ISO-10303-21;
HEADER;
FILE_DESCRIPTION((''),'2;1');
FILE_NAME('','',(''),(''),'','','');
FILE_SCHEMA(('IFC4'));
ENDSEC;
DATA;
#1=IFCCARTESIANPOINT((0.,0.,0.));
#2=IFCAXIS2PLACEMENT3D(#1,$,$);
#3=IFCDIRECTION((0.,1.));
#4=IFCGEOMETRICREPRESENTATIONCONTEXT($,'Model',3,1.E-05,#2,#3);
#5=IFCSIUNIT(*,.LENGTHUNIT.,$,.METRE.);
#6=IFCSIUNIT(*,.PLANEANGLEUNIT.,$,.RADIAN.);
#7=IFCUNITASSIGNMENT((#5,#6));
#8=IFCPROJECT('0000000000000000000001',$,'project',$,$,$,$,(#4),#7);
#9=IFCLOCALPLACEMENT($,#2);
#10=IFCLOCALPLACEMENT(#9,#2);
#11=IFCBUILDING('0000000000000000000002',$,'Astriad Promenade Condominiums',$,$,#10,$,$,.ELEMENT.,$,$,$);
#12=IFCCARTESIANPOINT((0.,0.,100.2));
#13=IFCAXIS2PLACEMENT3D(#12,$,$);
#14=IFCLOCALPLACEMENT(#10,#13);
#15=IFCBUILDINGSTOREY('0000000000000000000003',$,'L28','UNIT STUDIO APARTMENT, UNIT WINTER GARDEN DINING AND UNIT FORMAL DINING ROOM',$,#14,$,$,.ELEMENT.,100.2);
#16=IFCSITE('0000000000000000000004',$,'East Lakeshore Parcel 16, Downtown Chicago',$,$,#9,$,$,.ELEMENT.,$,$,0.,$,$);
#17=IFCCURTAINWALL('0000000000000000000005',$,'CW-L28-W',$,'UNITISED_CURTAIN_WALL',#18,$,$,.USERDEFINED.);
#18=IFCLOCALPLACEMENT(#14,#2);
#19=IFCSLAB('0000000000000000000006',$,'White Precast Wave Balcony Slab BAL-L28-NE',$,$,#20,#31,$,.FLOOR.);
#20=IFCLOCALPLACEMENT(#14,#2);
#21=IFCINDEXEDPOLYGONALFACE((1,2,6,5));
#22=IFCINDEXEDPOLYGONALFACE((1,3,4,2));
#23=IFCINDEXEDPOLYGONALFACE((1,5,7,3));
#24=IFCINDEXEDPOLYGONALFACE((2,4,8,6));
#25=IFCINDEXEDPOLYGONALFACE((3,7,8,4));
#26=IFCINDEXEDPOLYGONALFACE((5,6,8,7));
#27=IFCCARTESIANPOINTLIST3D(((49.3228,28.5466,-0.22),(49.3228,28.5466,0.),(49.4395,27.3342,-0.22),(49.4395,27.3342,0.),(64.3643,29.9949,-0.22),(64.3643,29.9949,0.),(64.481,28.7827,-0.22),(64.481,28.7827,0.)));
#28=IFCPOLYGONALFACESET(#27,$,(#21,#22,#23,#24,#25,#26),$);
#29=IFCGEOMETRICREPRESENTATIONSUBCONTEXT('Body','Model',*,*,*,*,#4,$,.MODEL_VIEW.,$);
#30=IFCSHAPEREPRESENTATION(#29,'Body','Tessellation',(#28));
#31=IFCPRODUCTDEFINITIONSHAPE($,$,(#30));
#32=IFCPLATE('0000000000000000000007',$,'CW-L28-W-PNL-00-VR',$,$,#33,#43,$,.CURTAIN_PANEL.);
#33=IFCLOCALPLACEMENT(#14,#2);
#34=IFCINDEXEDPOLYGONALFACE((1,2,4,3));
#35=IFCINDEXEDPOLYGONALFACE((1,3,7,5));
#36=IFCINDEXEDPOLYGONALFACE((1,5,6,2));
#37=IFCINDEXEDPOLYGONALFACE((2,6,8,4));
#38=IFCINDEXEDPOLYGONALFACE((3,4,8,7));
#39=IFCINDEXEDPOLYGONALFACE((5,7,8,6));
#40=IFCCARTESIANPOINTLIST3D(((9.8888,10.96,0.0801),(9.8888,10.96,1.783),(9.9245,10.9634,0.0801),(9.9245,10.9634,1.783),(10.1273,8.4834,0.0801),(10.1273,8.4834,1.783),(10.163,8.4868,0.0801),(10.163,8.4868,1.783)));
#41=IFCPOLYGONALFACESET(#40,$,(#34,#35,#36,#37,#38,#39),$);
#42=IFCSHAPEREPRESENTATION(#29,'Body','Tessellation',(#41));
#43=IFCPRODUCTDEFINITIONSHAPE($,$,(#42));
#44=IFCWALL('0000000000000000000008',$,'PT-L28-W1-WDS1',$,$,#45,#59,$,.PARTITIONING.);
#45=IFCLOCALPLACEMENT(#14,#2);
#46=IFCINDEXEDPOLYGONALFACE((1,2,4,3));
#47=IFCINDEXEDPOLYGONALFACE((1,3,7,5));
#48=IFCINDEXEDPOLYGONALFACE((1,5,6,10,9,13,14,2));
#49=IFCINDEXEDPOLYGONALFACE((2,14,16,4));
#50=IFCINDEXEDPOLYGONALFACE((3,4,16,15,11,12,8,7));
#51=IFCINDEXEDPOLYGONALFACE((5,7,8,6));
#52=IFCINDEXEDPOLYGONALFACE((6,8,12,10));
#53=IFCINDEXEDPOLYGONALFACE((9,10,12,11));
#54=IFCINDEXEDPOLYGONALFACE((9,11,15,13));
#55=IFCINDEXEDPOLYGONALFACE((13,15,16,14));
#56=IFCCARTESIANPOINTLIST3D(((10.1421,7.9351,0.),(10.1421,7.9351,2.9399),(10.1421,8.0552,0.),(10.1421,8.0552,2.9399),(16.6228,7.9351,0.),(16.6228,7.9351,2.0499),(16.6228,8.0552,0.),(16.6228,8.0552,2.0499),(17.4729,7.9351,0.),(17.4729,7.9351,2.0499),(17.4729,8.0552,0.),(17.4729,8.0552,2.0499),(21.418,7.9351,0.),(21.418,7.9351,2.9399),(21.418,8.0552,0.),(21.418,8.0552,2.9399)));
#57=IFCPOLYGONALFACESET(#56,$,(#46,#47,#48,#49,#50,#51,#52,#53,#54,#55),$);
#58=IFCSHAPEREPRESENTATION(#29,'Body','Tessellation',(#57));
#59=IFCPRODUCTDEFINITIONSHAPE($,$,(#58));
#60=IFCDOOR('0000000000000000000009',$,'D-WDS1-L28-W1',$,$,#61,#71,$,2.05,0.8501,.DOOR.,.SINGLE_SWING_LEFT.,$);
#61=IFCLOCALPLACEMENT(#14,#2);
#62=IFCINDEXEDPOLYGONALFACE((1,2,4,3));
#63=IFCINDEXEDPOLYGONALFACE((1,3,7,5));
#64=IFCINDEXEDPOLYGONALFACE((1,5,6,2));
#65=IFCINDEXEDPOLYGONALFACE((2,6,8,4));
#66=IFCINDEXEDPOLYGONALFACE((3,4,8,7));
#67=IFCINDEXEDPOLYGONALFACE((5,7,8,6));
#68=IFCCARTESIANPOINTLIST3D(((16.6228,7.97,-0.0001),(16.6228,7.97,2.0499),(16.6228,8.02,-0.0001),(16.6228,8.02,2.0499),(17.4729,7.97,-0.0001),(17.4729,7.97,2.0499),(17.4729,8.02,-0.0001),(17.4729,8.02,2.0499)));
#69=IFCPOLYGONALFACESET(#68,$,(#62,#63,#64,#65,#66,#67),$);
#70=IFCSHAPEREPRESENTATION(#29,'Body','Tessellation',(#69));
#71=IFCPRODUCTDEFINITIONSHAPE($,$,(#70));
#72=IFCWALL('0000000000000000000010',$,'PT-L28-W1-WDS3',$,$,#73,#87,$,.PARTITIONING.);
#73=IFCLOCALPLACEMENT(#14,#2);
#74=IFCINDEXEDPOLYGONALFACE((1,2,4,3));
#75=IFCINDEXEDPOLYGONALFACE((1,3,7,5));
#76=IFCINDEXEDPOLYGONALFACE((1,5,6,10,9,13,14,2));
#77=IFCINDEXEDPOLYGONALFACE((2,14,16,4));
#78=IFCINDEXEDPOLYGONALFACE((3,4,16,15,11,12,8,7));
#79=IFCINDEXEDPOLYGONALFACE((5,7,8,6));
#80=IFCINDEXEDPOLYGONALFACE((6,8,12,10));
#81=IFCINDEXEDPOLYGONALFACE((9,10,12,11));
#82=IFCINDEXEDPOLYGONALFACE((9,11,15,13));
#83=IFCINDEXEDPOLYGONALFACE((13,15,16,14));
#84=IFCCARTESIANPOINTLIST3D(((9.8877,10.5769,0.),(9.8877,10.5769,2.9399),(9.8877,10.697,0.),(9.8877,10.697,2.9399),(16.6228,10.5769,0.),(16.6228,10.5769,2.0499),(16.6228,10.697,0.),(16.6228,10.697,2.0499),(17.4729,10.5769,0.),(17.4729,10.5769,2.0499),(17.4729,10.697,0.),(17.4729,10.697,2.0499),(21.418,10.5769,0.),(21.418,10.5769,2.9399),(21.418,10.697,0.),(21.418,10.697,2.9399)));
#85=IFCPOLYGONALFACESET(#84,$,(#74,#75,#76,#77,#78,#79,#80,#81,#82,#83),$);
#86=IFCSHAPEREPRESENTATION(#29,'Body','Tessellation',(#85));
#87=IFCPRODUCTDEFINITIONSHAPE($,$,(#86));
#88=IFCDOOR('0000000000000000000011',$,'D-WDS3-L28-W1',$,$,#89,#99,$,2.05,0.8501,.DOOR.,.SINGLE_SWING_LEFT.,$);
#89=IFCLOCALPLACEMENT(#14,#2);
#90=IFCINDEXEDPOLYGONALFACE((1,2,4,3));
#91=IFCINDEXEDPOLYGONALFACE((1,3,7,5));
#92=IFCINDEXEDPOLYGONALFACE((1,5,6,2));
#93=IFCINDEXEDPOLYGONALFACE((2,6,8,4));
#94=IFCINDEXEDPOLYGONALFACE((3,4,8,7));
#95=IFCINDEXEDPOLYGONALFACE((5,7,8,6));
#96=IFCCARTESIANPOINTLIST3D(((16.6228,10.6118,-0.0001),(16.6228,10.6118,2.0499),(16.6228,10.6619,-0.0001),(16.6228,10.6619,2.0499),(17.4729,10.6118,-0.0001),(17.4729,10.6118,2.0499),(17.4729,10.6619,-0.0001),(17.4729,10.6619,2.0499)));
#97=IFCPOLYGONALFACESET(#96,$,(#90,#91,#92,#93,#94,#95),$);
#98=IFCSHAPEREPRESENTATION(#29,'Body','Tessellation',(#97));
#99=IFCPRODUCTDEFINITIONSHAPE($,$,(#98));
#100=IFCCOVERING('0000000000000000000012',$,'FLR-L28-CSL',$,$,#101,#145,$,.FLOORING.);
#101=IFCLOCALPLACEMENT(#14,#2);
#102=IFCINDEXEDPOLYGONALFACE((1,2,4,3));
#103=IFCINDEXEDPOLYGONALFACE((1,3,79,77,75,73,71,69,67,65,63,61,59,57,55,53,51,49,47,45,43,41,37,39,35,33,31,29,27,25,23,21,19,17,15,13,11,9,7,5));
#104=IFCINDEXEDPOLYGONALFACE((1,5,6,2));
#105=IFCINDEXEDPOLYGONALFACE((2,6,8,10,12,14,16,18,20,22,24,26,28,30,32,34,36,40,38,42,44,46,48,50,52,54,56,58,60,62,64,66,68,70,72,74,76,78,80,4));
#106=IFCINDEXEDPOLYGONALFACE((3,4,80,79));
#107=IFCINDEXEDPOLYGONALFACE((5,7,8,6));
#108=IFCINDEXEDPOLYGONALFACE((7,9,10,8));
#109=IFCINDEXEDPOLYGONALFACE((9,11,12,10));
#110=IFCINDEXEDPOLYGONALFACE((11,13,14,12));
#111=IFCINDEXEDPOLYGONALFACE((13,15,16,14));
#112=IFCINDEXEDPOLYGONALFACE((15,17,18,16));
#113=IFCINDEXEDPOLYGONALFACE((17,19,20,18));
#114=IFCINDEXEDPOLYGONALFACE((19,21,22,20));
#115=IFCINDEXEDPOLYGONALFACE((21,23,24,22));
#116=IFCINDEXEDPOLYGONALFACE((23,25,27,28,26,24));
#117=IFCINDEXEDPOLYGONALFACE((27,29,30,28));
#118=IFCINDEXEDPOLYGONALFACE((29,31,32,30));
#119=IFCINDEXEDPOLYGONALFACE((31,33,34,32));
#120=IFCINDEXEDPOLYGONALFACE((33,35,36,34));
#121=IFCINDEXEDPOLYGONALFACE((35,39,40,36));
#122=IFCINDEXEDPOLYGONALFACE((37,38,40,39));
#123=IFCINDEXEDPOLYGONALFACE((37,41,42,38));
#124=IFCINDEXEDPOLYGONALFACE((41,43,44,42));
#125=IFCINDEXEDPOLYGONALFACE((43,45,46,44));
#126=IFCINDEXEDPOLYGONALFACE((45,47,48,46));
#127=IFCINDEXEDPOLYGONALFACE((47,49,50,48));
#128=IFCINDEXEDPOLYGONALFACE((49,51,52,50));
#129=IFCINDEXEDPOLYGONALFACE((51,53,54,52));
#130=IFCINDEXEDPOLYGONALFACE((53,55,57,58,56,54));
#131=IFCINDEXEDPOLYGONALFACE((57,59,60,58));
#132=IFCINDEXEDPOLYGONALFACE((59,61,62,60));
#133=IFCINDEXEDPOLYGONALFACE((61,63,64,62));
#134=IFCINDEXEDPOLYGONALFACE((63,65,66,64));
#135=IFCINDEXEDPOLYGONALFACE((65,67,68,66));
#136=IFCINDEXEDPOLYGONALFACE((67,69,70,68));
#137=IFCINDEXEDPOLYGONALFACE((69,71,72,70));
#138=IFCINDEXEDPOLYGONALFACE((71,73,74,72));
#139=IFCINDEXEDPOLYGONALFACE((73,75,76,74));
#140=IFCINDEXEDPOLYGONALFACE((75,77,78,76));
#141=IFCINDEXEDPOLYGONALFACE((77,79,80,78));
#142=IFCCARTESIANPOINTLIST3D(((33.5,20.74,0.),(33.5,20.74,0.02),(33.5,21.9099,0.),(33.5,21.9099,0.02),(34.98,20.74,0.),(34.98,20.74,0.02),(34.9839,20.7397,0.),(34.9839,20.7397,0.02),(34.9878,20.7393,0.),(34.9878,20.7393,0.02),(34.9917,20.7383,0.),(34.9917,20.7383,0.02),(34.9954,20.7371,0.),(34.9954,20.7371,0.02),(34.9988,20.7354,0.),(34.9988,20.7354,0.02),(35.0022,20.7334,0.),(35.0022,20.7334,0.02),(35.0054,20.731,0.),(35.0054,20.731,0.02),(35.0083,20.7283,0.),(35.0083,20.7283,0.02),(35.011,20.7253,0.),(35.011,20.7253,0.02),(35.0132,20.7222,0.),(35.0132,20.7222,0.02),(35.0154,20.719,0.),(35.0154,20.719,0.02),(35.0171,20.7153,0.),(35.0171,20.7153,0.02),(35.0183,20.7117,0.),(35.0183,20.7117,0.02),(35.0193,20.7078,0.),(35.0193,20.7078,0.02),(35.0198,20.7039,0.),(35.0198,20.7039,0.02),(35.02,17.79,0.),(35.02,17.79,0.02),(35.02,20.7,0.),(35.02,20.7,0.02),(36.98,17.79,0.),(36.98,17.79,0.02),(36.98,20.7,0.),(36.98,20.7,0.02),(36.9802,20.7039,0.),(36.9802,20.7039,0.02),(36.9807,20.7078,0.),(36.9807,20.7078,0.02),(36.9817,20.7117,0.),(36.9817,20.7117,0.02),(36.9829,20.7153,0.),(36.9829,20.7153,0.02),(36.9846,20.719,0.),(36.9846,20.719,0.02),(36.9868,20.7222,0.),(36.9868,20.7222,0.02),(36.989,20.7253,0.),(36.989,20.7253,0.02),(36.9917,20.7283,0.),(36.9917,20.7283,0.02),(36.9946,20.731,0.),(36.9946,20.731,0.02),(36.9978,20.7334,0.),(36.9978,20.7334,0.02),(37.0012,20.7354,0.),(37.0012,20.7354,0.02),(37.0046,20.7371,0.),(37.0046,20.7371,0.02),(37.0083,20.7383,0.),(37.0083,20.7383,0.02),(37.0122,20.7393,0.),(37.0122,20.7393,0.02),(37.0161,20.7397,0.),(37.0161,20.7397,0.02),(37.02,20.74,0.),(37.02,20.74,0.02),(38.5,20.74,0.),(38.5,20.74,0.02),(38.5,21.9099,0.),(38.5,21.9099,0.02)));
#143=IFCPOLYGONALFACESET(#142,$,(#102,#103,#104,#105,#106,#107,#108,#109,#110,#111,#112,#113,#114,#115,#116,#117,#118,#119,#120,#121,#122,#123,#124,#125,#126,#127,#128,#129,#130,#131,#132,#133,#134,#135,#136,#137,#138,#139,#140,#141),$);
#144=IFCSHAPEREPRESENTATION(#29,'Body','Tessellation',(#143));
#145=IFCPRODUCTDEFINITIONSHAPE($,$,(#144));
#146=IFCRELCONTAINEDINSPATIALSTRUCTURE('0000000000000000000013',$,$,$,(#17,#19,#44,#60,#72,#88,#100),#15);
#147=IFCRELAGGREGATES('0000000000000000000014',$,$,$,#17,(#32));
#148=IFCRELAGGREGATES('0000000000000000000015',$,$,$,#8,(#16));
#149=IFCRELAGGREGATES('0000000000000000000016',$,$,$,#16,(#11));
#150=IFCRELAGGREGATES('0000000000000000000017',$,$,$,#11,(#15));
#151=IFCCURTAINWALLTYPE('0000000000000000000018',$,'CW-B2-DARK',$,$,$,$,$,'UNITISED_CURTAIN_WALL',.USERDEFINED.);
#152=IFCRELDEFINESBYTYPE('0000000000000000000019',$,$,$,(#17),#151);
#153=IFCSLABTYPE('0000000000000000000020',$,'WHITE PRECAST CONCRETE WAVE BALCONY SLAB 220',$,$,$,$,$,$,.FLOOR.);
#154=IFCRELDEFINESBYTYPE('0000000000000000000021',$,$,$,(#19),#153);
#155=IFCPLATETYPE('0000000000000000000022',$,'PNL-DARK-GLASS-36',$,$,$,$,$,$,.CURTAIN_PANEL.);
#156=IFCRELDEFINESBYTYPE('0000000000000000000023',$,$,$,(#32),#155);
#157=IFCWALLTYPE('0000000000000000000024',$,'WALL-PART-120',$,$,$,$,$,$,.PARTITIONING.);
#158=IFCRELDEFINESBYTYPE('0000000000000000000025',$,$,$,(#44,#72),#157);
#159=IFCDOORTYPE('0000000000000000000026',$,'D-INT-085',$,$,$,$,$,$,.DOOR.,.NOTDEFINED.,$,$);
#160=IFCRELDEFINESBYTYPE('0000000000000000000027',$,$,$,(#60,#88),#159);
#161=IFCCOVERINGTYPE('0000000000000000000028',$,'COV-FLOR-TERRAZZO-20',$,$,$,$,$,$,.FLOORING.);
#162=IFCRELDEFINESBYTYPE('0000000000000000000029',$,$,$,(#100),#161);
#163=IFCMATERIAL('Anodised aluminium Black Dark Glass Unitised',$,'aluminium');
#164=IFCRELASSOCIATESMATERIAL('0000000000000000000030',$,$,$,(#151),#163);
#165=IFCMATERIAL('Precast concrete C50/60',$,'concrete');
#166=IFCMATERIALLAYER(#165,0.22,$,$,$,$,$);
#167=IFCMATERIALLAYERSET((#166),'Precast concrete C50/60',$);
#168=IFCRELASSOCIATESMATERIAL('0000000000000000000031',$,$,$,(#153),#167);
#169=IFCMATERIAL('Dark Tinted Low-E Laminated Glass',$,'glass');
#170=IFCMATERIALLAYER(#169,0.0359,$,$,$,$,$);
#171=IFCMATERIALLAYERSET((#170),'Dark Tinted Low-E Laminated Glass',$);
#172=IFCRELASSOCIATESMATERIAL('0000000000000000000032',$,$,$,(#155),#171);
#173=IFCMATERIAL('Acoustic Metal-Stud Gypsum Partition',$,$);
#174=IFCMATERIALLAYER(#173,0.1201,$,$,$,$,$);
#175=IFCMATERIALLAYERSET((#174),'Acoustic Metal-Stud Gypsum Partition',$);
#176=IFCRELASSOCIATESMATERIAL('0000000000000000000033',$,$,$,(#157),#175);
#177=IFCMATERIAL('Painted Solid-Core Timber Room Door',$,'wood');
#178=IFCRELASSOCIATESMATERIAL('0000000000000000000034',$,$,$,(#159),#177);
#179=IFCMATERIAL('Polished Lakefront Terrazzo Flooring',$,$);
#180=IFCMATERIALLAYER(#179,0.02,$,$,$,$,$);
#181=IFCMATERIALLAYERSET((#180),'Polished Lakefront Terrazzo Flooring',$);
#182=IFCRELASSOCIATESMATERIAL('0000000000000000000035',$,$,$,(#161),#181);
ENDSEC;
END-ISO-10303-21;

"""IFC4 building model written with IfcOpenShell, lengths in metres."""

from ifc_helpers import new_model, si_unit, direction, frame, frame_2d, origin, origin_2d, place, context, subcontext, project, spatial, polyline, rectangle, outline, extrude, source, transform, mapped, material, layer, layer_set, type_object, type_shapes, element, fill, aggregate, save


model = new_model("IFC4")

# Units and contexts
model_context = context("Model", 3, precision=1e-05, world=origin(), true_north=direction((0.0, 1.0)))
body_context = subcontext(model_context, "Body", "Model", "MODEL_VIEW")
ifc_project = project(units=[si_unit("LENGTHUNIT", "METRE"), si_unit("PLANEANGLEUNIT", "RADIAN")], contexts=[model_context])

# Site, building, storey
site_placement = place(None, origin())
site = spatial("IfcSite", under=ifc_project, at=site_placement, Name="East Lakeshore Parcel 16, Downtown Chicago", CompositionType="ELEMENT", RefElevation=0.0)
building_placement = place(site_placement, origin())
building = spatial("IfcBuilding", under=site, at=building_placement, Name="Astriad Promenade Condominiums", CompositionType="ELEMENT")
storey_placement = place(building_placement, frame((0.0, 0.0, 100.2)))
storey = spatial("IfcBuildingStorey", under=building, at=storey_placement, Name="L28", Description="UNIT STUDIO APARTMENT, UNIT WINTER GARDEN DINING AND UNIT FORMAL DINING ROOM", CompositionType="ELEMENT", Elevation=100.2)

# Curtain wall
ifc_material_1 = material(Name="Anodised aluminium Black Dark Glass Unitised", Category="aluminium")
curtain_wall_type = type_object("IfcCurtainWallType", Name="CW-B2-DARK", ElementType="UNITISED_CURTAIN_WALL", PredefinedType="USERDEFINED", material=ifc_material_1)
curtain_wall_placement = place(storey_placement, origin())
curtain_wall = element("IfcCurtainWall", 1, at=curtain_wall_placement, inside=storey, type_object=curtain_wall_type, Name="CW-L28-W", ObjectType="UNITISED_CURTAIN_WALL", PredefinedType="USERDEFINED")

# Slab
ifc_material_2 = material(Name="Precast concrete C50/60", Category="concrete")
ifc_layer_1 = layer(ifc_material_2, 0.22)
ifc_layer_set_1 = layer_set([ifc_layer_1], Name="Precast concrete C50/60")
slab_type_1 = type_object("IfcSlabType", Name="WHITE PRECAST CONCRETE WAVE BALCONY SLAB 220", PredefinedType="FLOOR", material=ifc_layer_set_1)
slab_1_placement = place(storey_placement, frame((0.0, 0.0, -0.22)))
element("IfcSlab", 2, at=slab_1_placement, inside=storey, type_object=slab_type_1, Name="White Precast Wave Balcony Slab BAL-L28-NE", PredefinedType="FLOOR", context=body_context, shape_type="SweptSolid", body=[
    extrude(outline(polyline([(49.3228, 28.5466), (64.3643, 29.9949), (64.481, 28.7827), (49.4395, 27.3342), (49.3228, 28.5466)])), origin(), (0.0, 0.0, 1.0), 0.22),
])

# Plate
ifc_material_3 = material(Name="Dark Tinted Low-E Laminated Glass", Category="glass")
ifc_layer_2 = layer(ifc_material_3, 0.0359)
ifc_layer_set_2 = layer_set([ifc_layer_2], Name="Dark Tinted Low-E Laminated Glass")
plate_type = type_object("IfcPlateType", Name="PNL-DARK-GLASS-36", PredefinedType="CURTAIN_PANEL", material=ifc_layer_set_2)
shared_shape_1 = source(origin(), body_context, "Body", "SweptSolid", [
    extrude(rectangle(XDim=2.488, YDim=0.0359, at=origin_2d()), origin(), (0.0, 0.0, 1.0), 1.7029),
])
type_shapes(plate_type, [shared_shape_1])
plate_placement = place(storey_placement, frame((10.0259, 9.7234, 0.0801), z_axis=(0.0, 0.0, 1.0), x_axis=(-0.095846, 0.995396, 0.0)))
plate = element("IfcPlate", 3, at=plate_placement, type_object=plate_type, Name="CW-L28-W-PNL-00-VR", PredefinedType="CURTAIN_PANEL", context=body_context, shape_type="MappedRepresentation", body=[
    mapped(shared_shape_1, transform((0.0, 0.0, 0.0), scale=1.0)),
])
aggregate(curtain_wall, [plate])

# Walls, openings, doors
ifc_material_4 = material(Name="Acoustic Metal-Stud Gypsum Partition")
ifc_layer_3 = layer(ifc_material_4, 0.1201)
ifc_layer_set_3 = layer_set([ifc_layer_3], Name="Acoustic Metal-Stud Gypsum Partition")
wall_type = type_object("IfcWallType", Name="WALL-PART-120", PredefinedType="PARTITIONING", material=ifc_layer_set_3)
wall_1_placement = place(storey_placement, frame((10.1421, 7.9951, 0.0), z_axis=(0.0, 0.0, 1.0), x_axis=(1.0, 0.0, 0.0)))
wall_1 = element("IfcWall", 4, at=wall_1_placement, inside=storey, type_object=wall_type, Name="PT-L28-W1-WDS1", PredefinedType="PARTITIONING", context=body_context, shape_type="SweptSolid", body=[
    extrude(rectangle(XDim=11.2759, YDim=0.1201, at=frame_2d((5.6379, 0.0))), origin(), (0.0, 0.0, 1.0), 2.9399),
])
opening_1_placement = place(wall_1_placement, frame((6.4807, 0.0, 0.0)))
opening_1 = element("IfcOpeningElement", 5, at=opening_1_placement, cuts=wall_1, PredefinedType="OPENING", context=body_context, shape_type="SweptSolid", body=[
    extrude(rectangle(XDim=0.8501, YDim=2.05, at=frame_2d((0.425, 1.0249))), frame((0.0, 0.0701, 0.0), z_axis=(0.0, -1.0, 0.0), x_axis=(1.0, 0.0, 0.0)), (0.0, 0.0, 1.0), 0.1401),
])
ifc_material_5 = material(Name="Painted Solid-Core Timber Room Door", Category="wood")
door_type = type_object("IfcDoorType", Name="D-INT-085", OperationType="NOTDEFINED", PredefinedType="DOOR", material=ifc_material_5)
shared_shape_2 = source(origin(), body_context, "Body", "SweptSolid", [
    extrude(rectangle(XDim=0.8501, YDim=2.05, at=frame_2d((0.425, 1.0249))), frame((0.0, 0.0249, 0.0), z_axis=(0.0, -1.0, 0.0), x_axis=(1.0, 0.0, 0.0)), (0.0, 0.0, 1.0), 0.05),
])
type_shapes(door_type, [shared_shape_2])
door_1_placement = place(opening_1_placement, origin())
door_1 = element("IfcDoor", 6, at=door_1_placement, inside=storey, type_object=door_type, Name="D-WDS1-L28-W1", OperationType="SINGLE_SWING_LEFT", OverallHeight=2.05, OverallWidth=0.8501, PredefinedType="DOOR", context=body_context, shape_type="MappedRepresentation", body=[
    mapped(shared_shape_2, transform((0.0, 0.0, 0.0), scale=1.0)),
])
fill(opening_1, door_1)
wall_2_placement = place(storey_placement, frame((9.8877, 10.637, 0.0), z_axis=(0.0, 0.0, 1.0), x_axis=(1.0, 0.0, 0.0)))
wall_2 = element("IfcWall", 7, at=wall_2_placement, inside=storey, type_object=wall_type, Name="PT-L28-W1-WDS3", PredefinedType="PARTITIONING", context=body_context, shape_type="SweptSolid", body=[
    extrude(rectangle(XDim=11.5303, YDim=0.1201, at=frame_2d((5.7651, 0.0))), origin(), (0.0, 0.0, 1.0), 2.9399),
])
opening_2_placement = place(wall_2_placement, frame((6.7351, 0.0, 0.0)))
opening_2 = element("IfcOpeningElement", 8, at=opening_2_placement, cuts=wall_2, PredefinedType="OPENING", context=body_context, shape_type="SweptSolid", body=[
    extrude(rectangle(XDim=0.8501, YDim=2.05, at=frame_2d((0.425, 1.0249))), frame((0.0, 0.0701, 0.0), z_axis=(0.0, -1.0, 0.0), x_axis=(1.0, 0.0, 0.0)), (0.0, 0.0, 1.0), 0.1401),
])
door_2_placement = place(opening_2_placement, origin())
door_2 = element("IfcDoor", 9, at=door_2_placement, inside=storey, type_object=door_type, Name="D-WDS3-L28-W1", OperationType="SINGLE_SWING_LEFT", OverallHeight=2.05, OverallWidth=0.8501, PredefinedType="DOOR", context=body_context, shape_type="MappedRepresentation", body=[
    mapped(shared_shape_2, transform((0.0, 0.0, 0.0), scale=1.0)),
])
fill(opening_2, door_2)

# Covering
ifc_material_6 = material(Name="Polished Lakefront Terrazzo Flooring")
ifc_layer_4 = layer(ifc_material_6, 0.02)
ifc_layer_set_4 = layer_set([ifc_layer_4], Name="Polished Lakefront Terrazzo Flooring")
covering_type = type_object("IfcCoveringType", Name="COV-FLOR-TERRAZZO-20", PredefinedType="FLOORING", material=ifc_layer_set_4)
covering_1_placement = place(storey_placement, origin())
element("IfcCovering", 10, at=covering_1_placement, inside=storey, type_object=covering_type, Name="FLR-L28-CSL", PredefinedType="FLOORING", context=body_context, shape_type="SweptSolid", body=[
    extrude(outline(polyline([(36.98, 20.7), (36.98, 17.79), (35.02, 17.79), (35.02, 20.7), (35.0198, 20.7039), (35.0193, 20.7078), (35.0183, 20.7117), (35.0171, 20.7153), (35.0154, 20.719), (35.0132, 20.7222), (35.011, 20.7253), (35.0083, 20.7283), (35.0054, 20.731), (35.0022, 20.7334), (34.9988, 20.7354), (34.9954, 20.7371), (34.9917, 20.7383), (34.9878, 20.7393), (34.9839, 20.7397), (34.98, 20.74), (33.5, 20.74), (33.5, 21.9099), (38.5, 21.9099), (38.5, 20.74), (37.02, 20.74), (37.0161, 20.7397), (37.0122, 20.7393), (37.0083, 20.7383), (37.0046, 20.7371), (37.0012, 20.7354), (36.9978, 20.7334), (36.9946, 20.731), (36.9917, 20.7283), (36.989, 20.7253), (36.9868, 20.7222), (36.9846, 20.719), (36.9829, 20.7153), (36.9817, 20.7117), (36.9807, 20.7078), (36.9802, 20.7039), (36.98, 20.7)])), origin(), (0.0, 0.0, 1.0), 0.02),
])

save(model, "model.ifc")
